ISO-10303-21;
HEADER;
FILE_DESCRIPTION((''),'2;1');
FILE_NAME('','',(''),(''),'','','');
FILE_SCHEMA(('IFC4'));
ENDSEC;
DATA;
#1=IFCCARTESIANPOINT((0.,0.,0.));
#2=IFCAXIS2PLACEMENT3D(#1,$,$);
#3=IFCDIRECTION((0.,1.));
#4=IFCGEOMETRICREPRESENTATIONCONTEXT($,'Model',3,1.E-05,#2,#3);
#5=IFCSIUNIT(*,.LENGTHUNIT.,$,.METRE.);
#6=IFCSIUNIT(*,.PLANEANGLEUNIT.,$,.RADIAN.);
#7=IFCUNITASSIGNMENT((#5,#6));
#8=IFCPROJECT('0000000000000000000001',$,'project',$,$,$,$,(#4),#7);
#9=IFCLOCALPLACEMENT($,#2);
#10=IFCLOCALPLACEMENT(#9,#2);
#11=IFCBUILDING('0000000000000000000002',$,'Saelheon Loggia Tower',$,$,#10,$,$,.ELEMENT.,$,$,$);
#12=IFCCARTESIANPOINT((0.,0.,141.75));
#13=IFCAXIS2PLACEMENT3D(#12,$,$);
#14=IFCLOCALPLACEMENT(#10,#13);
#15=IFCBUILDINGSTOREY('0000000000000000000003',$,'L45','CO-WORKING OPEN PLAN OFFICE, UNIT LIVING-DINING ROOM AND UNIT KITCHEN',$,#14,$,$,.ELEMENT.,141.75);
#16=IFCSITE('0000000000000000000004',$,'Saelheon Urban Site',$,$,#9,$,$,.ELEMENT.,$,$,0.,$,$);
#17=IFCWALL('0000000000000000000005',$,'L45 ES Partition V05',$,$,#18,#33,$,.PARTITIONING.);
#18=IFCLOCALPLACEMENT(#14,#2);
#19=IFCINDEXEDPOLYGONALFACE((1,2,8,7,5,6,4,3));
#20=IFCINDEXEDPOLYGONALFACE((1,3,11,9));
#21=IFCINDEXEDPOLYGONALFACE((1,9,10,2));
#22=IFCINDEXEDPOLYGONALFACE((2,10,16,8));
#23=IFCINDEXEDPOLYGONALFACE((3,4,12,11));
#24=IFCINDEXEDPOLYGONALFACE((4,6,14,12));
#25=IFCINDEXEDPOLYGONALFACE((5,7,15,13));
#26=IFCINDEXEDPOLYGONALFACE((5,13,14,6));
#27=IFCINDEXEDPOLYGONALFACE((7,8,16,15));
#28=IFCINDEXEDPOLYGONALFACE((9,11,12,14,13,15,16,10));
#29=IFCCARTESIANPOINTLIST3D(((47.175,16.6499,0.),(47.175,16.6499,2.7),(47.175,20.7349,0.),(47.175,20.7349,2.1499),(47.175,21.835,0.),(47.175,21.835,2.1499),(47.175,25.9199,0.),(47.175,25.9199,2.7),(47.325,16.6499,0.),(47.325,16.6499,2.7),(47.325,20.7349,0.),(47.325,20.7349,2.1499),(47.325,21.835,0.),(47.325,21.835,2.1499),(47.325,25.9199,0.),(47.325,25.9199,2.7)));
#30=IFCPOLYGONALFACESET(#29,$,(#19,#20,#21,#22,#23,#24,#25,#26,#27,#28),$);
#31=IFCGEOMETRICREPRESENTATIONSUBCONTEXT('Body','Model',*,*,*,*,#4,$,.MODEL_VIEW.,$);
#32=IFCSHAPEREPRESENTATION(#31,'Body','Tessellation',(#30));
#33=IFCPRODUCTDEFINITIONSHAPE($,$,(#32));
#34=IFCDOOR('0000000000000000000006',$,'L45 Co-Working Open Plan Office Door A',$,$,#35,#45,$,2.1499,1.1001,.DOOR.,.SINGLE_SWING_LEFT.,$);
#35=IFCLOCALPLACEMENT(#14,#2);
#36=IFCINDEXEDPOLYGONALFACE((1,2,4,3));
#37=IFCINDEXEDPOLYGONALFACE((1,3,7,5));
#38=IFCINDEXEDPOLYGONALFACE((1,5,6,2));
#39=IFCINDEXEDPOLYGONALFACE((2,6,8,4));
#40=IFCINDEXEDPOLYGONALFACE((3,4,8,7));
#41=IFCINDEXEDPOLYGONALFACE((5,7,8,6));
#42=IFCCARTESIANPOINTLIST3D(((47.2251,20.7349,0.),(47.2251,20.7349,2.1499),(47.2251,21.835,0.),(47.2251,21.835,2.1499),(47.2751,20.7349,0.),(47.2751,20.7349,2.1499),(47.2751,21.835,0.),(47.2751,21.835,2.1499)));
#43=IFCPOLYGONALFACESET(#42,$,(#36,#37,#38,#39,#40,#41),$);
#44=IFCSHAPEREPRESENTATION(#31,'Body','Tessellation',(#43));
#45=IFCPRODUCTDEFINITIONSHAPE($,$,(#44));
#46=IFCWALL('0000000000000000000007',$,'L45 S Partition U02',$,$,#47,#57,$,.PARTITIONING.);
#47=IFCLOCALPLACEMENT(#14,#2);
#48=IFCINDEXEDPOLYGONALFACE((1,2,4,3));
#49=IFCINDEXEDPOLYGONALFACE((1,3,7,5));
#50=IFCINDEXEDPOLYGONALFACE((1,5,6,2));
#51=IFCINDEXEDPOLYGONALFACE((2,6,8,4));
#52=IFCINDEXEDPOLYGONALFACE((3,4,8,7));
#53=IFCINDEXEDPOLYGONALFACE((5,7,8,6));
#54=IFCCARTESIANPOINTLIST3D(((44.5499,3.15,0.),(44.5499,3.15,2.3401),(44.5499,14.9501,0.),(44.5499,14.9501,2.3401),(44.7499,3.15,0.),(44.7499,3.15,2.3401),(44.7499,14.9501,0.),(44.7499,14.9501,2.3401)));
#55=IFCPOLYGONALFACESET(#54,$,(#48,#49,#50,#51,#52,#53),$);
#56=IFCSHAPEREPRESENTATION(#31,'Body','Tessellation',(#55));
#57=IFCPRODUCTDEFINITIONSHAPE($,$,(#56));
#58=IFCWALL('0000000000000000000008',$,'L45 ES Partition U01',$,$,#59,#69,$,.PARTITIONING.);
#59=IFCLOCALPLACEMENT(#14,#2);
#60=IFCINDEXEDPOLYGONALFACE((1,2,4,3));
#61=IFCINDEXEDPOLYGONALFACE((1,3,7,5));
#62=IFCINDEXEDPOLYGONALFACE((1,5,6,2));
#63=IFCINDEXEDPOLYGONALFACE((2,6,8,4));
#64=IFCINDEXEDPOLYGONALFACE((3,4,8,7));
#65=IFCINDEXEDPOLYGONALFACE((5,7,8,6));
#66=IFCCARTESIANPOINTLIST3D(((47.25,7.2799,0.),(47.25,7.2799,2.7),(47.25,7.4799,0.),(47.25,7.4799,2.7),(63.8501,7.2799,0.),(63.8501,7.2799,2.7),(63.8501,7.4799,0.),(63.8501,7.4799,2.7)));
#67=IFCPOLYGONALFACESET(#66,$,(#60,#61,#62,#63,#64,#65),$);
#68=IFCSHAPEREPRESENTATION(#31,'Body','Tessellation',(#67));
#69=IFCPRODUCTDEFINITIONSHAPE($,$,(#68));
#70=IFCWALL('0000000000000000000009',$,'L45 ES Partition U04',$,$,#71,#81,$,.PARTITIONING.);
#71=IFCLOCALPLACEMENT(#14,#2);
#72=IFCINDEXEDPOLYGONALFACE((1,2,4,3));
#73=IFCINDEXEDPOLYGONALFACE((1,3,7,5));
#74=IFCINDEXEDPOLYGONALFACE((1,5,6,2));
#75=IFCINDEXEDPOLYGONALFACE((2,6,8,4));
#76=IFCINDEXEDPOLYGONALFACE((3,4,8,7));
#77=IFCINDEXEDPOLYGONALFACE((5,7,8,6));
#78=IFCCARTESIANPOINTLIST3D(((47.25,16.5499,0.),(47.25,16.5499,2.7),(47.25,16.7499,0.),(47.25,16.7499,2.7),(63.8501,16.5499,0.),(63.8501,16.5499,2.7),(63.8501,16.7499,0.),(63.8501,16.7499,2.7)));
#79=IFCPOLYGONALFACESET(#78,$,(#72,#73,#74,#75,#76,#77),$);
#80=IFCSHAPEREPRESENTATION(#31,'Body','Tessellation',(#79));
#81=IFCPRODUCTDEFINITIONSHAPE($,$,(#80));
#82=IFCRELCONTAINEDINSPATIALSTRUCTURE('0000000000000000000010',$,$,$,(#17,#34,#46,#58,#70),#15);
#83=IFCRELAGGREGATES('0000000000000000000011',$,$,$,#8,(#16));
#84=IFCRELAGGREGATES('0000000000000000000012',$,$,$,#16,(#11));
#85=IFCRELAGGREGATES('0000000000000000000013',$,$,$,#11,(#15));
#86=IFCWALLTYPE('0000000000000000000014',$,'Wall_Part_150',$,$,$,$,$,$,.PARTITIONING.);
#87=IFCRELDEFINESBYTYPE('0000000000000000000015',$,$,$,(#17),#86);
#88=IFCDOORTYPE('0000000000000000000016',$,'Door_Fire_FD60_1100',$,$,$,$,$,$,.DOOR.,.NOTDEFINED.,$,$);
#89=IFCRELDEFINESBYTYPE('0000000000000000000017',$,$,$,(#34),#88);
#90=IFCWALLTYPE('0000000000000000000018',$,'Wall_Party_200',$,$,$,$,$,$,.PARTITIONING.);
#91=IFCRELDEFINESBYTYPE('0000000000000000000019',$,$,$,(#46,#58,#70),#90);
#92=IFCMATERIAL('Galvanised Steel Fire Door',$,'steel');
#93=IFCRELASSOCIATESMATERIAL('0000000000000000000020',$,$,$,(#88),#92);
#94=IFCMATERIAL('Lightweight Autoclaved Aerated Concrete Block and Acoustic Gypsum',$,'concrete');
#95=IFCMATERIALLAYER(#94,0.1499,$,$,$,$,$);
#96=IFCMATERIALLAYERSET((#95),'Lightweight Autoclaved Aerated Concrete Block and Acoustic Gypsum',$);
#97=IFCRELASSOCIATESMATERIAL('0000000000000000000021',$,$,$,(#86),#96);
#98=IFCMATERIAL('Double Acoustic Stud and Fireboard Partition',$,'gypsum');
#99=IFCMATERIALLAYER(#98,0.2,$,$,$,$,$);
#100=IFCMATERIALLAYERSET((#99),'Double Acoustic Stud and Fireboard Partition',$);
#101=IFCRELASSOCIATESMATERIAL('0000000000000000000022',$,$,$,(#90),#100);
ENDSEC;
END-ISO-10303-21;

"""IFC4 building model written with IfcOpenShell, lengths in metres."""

from ifc_helpers import new_model, si_unit, direction, frame, frame_2d, origin, place, context, subcontext, project, spatial, rectangle, extrude, source, transform, mapped, material, layer, layer_set, type_object, element, fill, save


model = new_model("IFC4")

# Units and contexts
model_context = context("Model", 3, precision=1e-05, world=origin(), true_north=direction((0.0, 1.0)))
body_context = subcontext(model_context, "Body", "Model", "MODEL_VIEW")
ifc_project = project(units=[si_unit("LENGTHUNIT", "METRE"), si_unit("PLANEANGLEUNIT", "RADIAN")], contexts=[model_context])

# Site, building, storey
site_placement = place(None, origin())
site = spatial("IfcSite", under=ifc_project, at=site_placement, Name="Saelheon Urban Site", CompositionType="ELEMENT", RefElevation=0.0)
building_placement = place(site_placement, origin())
building = spatial("IfcBuilding", under=site, at=building_placement, Name="Saelheon Loggia Tower", CompositionType="ELEMENT")
storey_placement = place(building_placement, frame((0.0, 0.0, 141.75)))
storey = spatial("IfcBuildingStorey", under=building, at=storey_placement, Name="L45", Description="CO-WORKING OPEN PLAN OFFICE, UNIT LIVING-DINING ROOM AND UNIT KITCHEN", CompositionType="ELEMENT", Elevation=141.75)

# Wall, opening, door
ifc_material_1 = material(Name="Galvanised Steel Fire Door", Category="steel")
door_type = type_object("IfcDoorType", Name="Door_Fire_FD60_1100", OperationType="NOTDEFINED", PredefinedType="DOOR", material=ifc_material_1)
shared_shape_1 = source(origin(), body_context, "Body", "SweptSolid", [
    extrude(rectangle(XDim=1.1001, YDim=2.1499, at=frame_2d((0.55, 1.075))), frame((0.0, 0.0249, 0.0), z_axis=(0.0, -1.0, 0.0), x_axis=(1.0, 0.0, 0.0)), (0.0, 0.0, 1.0), 0.05),
])
ifc_material_2 = material(Name="Lightweight Autoclaved Aerated Concrete Block and Acoustic Gypsum", Category="concrete")
ifc_layer_1 = layer(ifc_material_2, 0.1499)
ifc_layer_set_1 = layer_set([ifc_layer_1], Name="Lightweight Autoclaved Aerated Concrete Block and Acoustic Gypsum")
wall_type_1 = type_object("IfcWallType", Name="Wall_Part_150", PredefinedType="PARTITIONING", material=ifc_layer_set_1)
wall_1_placement = place(storey_placement, frame((47.25, 16.6499, 0.0), z_axis=(0.0, 0.0, 1.0), x_axis=(0.0, 1.0, 0.0)))
wall_1 = element("IfcWall", 1, at=wall_1_placement, inside=storey, type_object=wall_type_1, Name="L45 ES Partition V05", PredefinedType="PARTITIONING", context=body_context, shape_type="SweptSolid", body=[
    extrude(rectangle(XDim=9.27, YDim=0.1499, at=frame_2d((4.635, 0.0))), origin(), (0.0, 0.0, 1.0), 2.7),
])
opening_1_placement = place(wall_1_placement, frame((4.085, 0.0, 0.0)))
opening_1 = element("IfcOpeningElement", 2, at=opening_1_placement, cuts=wall_1, PredefinedType="OPENING", context=body_context, shape_type="SweptSolid", body=[
    extrude(rectangle(XDim=1.1001, YDim=2.1499, at=frame_2d((0.55, 1.075))), frame((0.0, 0.0869, 0.0), z_axis=(0.0, -1.0, 0.0), x_axis=(1.0, 0.0, 0.0)), (0.0, 0.0, 1.0), 0.1738),
])
door_1_placement = place(opening_1_placement, origin())
door_1 = element("IfcDoor", 3, at=door_1_placement, inside=storey, type_object=door_type, Name="L45 Co-Working Open Plan Office Door A", OperationType="SINGLE_SWING_LEFT", OverallHeight=2.1499, OverallWidth=1.1001, PredefinedType="DOOR", context=body_context, shape_type="MappedRepresentation", body=[
    mapped(shared_shape_1, transform((0.0, 0.0, 0.0), scale=1.0)),
])
fill(opening_1, door_1)

# Walls
ifc_material_3 = material(Name="Double Acoustic Stud and Fireboard Partition", Category="gypsum")
ifc_layer_2 = layer(ifc_material_3, 0.2)
ifc_layer_set_2 = layer_set([ifc_layer_2], Name="Double Acoustic Stud and Fireboard Partition")
wall_type_2 = type_object("IfcWallType", Name="Wall_Party_200", PredefinedType="PARTITIONING", material=ifc_layer_set_2)
wall_2_placement = place(storey_placement, frame((44.6499, 14.95, 0.0), z_axis=(0.0, 0.0, 1.0), x_axis=(0.0, -1.0, 0.0)))
element("IfcWall", 4, at=wall_2_placement, inside=storey, type_object=wall_type_2, Name="L45 S Partition U02", PredefinedType="PARTITIONING", context=body_context, shape_type="SweptSolid", body=[
    extrude(rectangle(XDim=11.8, YDim=0.2, at=frame_2d((5.8999, 0.0))), origin(), (0.0, 0.0, 1.0), 2.3401),
])
for number, where, z_axis, x_axis, name in (
    (5, (47.25, 7.3799, 0.0), (0.0, 0.0, 1.0), (1.0, 0.0, 0.0), "L45 ES Partition U01"),
    (6, (47.25, 16.6499, 0.0), (0.0, 0.0, 1.0), (1.0, 0.0, 0.0), "L45 ES Partition U04"),
):
    element("IfcWall", number, at=place(storey_placement, frame(where, z_axis=z_axis, x_axis=x_axis)), inside=storey, type_object=wall_type_2, Name=name, PredefinedType="PARTITIONING", context=body_context, shape_type="SweptSolid", body=[
        extrude(rectangle(XDim=16.6001, YDim=0.2, at=frame_2d((8.3, 0.0))), origin(), (0.0, 0.0, 1.0), 2.7),
    ])

save(model, "model.ifc")
